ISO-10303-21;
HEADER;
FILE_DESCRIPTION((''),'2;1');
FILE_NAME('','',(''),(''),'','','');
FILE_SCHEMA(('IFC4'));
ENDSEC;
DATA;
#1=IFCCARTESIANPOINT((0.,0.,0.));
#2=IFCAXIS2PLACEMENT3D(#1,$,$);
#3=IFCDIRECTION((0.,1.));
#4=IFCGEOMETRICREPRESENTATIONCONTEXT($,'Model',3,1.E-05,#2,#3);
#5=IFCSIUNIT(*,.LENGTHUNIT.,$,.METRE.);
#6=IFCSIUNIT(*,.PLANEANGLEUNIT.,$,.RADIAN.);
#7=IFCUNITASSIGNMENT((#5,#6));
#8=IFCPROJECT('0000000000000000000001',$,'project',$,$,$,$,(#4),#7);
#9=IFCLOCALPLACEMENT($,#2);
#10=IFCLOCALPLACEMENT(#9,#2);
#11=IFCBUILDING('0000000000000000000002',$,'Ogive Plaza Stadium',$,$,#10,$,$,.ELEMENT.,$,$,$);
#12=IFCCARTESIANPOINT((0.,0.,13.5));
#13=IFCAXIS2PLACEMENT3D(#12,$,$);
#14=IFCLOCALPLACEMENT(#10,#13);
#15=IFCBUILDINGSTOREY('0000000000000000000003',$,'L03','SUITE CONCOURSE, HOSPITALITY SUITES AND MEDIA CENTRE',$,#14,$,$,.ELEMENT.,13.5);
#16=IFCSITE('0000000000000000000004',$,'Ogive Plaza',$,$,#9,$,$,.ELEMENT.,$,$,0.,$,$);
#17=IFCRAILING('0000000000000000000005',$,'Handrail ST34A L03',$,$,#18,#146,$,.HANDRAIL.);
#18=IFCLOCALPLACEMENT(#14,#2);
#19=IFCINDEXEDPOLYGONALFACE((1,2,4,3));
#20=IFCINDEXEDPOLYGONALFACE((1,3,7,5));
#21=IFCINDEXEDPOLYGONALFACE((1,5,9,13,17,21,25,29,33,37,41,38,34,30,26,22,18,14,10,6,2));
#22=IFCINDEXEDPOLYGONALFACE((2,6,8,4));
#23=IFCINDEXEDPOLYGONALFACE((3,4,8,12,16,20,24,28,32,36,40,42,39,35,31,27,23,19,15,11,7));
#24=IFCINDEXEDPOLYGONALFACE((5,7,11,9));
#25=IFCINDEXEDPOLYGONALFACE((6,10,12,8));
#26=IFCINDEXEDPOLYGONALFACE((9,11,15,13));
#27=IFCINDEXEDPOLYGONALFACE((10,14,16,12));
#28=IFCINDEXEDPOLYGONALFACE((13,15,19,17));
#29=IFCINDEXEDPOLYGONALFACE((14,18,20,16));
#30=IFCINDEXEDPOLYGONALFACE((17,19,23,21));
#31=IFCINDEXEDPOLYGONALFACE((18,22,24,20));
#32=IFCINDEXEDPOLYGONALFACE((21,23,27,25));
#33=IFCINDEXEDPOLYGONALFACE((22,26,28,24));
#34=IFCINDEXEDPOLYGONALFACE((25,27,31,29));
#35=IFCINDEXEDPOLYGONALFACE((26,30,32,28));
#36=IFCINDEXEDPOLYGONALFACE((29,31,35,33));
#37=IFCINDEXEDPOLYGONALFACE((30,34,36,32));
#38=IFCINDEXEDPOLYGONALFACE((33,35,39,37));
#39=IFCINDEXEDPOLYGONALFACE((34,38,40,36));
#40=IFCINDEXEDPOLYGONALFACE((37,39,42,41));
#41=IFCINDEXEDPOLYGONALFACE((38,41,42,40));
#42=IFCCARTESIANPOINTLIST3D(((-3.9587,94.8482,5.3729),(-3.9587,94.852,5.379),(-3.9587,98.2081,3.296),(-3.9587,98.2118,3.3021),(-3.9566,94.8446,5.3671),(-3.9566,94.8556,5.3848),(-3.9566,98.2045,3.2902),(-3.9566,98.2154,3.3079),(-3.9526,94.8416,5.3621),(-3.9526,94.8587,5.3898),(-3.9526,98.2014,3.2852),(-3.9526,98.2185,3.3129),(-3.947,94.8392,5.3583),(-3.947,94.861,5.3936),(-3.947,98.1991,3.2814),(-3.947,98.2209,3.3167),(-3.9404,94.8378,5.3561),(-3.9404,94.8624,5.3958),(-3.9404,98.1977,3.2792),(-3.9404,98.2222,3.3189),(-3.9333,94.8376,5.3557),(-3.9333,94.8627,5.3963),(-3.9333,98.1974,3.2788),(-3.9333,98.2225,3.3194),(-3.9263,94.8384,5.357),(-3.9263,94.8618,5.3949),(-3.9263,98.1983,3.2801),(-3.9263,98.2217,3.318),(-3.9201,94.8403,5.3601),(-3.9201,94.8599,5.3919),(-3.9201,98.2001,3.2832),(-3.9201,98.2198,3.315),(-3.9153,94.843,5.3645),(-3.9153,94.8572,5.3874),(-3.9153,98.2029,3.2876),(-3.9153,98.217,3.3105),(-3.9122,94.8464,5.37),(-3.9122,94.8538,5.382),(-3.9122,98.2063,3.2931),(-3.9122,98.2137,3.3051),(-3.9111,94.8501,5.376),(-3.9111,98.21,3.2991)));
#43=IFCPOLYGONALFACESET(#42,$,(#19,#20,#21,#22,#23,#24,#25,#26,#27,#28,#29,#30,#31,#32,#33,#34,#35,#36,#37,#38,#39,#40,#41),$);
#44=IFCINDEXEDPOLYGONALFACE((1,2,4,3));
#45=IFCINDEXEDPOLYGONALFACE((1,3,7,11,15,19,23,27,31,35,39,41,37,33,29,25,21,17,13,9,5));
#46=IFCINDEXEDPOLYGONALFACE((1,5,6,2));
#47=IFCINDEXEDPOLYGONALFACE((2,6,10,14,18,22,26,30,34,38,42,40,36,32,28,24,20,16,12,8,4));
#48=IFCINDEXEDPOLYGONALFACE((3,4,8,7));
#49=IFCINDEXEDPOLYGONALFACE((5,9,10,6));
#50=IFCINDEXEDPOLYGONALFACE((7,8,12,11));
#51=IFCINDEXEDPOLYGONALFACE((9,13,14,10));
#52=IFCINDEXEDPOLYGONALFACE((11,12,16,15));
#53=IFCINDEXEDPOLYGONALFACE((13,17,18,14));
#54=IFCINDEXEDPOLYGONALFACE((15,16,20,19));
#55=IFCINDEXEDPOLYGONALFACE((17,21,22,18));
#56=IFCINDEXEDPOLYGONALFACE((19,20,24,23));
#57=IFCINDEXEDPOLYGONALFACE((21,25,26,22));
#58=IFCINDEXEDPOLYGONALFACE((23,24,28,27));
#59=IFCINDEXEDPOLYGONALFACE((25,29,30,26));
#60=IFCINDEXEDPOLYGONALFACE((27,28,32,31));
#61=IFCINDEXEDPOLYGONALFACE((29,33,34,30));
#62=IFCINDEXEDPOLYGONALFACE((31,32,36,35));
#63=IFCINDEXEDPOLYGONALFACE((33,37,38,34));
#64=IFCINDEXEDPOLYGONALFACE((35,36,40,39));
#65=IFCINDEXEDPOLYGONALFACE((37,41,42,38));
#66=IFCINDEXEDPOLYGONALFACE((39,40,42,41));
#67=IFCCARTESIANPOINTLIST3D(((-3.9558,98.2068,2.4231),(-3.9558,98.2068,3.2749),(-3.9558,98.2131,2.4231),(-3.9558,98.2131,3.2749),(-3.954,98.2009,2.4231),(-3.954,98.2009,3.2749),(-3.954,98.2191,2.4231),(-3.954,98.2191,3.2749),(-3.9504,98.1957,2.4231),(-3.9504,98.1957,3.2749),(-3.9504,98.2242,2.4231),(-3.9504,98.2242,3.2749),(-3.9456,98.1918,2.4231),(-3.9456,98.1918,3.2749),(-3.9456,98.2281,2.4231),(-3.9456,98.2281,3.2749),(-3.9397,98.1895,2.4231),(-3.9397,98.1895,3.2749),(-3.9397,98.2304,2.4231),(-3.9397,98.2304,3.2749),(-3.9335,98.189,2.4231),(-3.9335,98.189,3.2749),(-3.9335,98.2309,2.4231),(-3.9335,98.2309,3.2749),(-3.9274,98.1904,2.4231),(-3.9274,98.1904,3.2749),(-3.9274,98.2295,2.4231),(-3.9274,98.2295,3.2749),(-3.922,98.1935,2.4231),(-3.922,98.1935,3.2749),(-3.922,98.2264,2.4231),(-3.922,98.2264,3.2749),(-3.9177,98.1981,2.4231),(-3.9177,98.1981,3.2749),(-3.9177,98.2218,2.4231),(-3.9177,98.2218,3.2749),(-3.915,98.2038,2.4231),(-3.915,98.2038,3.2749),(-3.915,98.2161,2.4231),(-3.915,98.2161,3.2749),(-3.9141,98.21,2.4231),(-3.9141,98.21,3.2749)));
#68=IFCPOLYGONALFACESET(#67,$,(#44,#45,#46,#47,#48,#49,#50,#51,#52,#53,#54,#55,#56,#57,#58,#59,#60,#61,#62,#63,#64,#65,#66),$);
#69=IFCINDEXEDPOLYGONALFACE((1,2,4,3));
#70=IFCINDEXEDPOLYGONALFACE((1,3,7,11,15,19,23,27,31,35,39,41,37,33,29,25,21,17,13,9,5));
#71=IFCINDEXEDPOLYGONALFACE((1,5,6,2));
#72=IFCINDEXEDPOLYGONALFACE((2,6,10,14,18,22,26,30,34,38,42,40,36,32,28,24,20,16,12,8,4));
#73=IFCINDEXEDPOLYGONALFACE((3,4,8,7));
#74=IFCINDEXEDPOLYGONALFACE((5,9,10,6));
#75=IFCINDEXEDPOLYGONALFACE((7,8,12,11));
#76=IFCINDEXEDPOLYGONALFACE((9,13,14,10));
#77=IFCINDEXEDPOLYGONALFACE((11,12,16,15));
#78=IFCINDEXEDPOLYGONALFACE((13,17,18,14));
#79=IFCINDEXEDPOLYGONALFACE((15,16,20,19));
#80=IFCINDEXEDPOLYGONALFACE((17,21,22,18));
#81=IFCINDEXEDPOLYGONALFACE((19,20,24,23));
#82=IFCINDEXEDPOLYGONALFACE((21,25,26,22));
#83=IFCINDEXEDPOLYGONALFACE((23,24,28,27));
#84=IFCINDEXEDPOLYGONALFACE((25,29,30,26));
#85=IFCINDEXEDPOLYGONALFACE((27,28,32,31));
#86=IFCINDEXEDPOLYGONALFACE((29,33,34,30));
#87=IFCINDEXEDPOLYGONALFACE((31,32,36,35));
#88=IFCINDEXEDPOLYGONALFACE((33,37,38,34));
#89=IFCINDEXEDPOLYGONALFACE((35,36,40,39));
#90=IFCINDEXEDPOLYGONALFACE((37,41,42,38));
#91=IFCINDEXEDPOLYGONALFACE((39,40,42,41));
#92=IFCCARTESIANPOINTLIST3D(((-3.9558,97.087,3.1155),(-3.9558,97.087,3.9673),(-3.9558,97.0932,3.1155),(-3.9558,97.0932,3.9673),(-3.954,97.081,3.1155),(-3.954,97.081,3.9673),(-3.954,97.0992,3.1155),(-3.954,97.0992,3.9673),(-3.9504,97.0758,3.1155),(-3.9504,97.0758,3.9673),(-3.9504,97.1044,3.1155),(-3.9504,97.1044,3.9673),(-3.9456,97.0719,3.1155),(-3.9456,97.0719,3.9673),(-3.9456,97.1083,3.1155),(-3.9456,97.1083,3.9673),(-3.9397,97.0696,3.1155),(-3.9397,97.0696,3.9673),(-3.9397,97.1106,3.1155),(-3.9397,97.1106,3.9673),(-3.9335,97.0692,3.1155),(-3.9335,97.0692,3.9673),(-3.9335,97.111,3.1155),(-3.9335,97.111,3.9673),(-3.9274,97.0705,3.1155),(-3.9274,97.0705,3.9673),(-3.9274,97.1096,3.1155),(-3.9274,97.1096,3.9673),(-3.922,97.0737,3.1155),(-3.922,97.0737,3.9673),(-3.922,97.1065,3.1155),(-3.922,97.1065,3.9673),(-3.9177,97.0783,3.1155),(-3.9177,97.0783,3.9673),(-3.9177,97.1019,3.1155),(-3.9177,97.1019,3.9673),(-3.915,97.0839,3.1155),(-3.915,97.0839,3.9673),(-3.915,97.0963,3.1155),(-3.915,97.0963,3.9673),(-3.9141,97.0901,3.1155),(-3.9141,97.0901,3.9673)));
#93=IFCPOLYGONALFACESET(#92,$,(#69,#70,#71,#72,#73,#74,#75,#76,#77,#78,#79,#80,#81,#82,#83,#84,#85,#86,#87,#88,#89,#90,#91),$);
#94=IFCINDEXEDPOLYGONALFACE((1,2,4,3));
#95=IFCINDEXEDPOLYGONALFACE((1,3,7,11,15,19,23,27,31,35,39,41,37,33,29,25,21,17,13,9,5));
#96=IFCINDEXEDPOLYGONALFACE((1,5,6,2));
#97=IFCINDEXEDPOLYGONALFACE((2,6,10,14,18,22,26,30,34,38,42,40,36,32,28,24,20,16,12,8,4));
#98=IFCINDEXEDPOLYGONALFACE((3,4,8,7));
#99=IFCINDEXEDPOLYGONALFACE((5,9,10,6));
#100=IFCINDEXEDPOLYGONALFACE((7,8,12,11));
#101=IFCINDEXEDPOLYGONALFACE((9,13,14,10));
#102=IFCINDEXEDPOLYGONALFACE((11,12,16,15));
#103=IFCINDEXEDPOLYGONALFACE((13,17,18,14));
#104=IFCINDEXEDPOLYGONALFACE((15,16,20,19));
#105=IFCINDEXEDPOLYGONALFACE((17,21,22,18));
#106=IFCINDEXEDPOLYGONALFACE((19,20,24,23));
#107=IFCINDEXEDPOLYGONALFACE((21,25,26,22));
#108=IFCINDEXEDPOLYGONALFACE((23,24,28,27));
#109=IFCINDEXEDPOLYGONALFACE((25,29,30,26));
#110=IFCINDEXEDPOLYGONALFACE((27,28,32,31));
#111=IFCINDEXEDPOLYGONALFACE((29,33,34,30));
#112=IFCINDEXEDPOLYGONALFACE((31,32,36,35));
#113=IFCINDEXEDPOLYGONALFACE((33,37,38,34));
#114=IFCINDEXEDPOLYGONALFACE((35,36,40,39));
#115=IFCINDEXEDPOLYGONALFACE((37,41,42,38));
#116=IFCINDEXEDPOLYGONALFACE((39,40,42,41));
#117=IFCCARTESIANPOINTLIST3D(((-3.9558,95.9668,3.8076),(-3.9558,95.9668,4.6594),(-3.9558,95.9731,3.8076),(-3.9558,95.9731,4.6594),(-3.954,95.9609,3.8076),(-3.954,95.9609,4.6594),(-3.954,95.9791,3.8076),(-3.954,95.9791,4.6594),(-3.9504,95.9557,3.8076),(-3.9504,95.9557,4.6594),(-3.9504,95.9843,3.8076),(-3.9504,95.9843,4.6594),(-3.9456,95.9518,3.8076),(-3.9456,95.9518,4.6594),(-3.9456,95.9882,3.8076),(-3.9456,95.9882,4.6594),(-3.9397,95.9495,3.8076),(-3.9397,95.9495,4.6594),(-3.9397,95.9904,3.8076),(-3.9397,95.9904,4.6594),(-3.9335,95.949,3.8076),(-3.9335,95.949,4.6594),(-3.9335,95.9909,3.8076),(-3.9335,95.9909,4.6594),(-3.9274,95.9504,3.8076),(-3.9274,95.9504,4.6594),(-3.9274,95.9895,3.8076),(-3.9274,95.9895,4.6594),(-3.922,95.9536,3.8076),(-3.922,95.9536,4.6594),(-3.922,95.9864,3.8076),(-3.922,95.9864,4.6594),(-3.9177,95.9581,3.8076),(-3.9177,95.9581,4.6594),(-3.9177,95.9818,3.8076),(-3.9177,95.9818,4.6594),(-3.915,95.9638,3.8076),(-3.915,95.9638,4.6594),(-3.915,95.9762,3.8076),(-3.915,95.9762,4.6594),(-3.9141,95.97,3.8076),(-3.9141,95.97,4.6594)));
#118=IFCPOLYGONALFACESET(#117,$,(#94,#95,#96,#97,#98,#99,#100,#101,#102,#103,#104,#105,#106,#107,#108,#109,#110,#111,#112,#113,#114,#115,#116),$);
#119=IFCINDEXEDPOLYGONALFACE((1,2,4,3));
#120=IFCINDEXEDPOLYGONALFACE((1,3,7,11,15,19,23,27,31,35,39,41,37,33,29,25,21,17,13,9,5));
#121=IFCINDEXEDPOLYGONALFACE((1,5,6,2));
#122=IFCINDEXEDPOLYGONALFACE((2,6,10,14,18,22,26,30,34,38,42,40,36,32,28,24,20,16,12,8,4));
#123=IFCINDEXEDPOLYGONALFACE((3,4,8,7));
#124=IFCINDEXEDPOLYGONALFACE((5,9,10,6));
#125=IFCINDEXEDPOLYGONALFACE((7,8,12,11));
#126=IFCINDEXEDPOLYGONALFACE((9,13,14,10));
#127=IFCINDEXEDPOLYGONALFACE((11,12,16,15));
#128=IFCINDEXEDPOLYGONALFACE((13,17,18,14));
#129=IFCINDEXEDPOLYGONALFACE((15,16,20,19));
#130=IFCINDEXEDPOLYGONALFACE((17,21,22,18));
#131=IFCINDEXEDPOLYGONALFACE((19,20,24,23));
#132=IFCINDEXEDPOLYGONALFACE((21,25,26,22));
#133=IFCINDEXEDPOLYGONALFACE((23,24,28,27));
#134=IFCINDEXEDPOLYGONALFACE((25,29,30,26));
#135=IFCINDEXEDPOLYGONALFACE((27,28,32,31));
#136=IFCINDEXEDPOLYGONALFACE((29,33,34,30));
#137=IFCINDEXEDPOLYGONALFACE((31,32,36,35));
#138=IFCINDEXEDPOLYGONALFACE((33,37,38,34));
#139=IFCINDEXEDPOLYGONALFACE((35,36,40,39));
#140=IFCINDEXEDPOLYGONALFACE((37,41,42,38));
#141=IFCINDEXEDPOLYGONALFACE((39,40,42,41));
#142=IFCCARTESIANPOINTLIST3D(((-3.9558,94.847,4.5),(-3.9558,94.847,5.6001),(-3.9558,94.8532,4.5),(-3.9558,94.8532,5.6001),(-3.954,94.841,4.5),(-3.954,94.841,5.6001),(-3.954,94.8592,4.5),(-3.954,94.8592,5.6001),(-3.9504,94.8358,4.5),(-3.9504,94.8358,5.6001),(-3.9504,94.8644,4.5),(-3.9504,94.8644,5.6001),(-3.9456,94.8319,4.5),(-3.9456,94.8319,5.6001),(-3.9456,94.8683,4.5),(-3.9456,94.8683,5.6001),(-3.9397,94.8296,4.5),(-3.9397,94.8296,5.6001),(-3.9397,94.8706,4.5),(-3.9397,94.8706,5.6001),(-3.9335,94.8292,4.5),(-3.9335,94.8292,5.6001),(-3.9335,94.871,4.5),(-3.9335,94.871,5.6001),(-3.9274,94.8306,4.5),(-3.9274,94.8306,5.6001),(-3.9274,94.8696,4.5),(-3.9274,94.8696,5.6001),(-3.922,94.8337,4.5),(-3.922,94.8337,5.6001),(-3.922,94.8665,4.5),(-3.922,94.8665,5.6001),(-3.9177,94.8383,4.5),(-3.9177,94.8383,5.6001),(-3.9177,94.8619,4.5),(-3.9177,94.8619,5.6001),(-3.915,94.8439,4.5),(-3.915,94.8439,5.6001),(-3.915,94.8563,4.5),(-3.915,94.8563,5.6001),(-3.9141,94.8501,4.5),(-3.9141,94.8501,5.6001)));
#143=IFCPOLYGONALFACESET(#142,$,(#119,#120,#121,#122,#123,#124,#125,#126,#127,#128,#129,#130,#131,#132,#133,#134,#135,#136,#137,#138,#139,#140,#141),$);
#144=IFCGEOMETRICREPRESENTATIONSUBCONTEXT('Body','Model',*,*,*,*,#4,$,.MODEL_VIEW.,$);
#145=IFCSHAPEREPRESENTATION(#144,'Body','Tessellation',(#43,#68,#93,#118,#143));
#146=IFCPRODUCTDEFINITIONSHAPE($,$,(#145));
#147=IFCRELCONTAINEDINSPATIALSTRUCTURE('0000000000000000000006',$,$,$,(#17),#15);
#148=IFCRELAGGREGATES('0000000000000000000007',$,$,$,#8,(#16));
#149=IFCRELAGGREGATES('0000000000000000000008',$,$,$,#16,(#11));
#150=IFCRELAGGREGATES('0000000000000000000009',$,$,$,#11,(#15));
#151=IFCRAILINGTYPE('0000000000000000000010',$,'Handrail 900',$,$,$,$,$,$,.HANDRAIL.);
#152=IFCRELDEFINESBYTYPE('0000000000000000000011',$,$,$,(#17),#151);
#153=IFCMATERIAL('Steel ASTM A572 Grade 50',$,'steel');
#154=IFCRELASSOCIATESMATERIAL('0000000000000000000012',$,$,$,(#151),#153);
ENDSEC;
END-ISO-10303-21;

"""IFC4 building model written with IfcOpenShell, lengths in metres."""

from ifc_helpers import new_model, si_unit, direction, frame, origin, origin_2d, place, context, subcontext, project, spatial, circle, extrude, material, type_object, element, save


model = new_model("IFC4")

# Units and contexts
model_context = context("Model", 3, precision=1e-05, world=origin(), true_north=direction((0.0, 1.0)))
body_context = subcontext(model_context, "Body", "Model", "MODEL_VIEW")
ifc_project = project(units=[si_unit("LENGTHUNIT", "METRE"), si_unit("PLANEANGLEUNIT", "RADIAN")], contexts=[model_context])

# Site, building, storey
site_placement = place(None, origin())
site = spatial("IfcSite", under=ifc_project, at=site_placement, Name="Ogive Plaza", CompositionType="ELEMENT", RefElevation=0.0)
building_placement = place(site_placement, origin())
building = spatial("IfcBuilding", under=site, at=building_placement, Name="Ogive Plaza Stadium", CompositionType="ELEMENT")
storey_placement = place(building_placement, frame((0.0, 0.0, 13.5)))
storey = spatial("IfcBuildingStorey", under=building, at=storey_placement, Name="L03", Description="SUITE CONCOURSE, HOSPITALITY SUITES AND MEDIA CENTRE", CompositionType="ELEMENT", Elevation=13.5)

# Railing
ifc_material_1 = material(Name="Steel ASTM A572 Grade 50", Category="steel")
railing_type_1 = type_object("IfcRailingType", Name="Handrail 900", PredefinedType="HANDRAIL", material=ifc_material_1)
for number, where, name in (
    (1, (-3.9351, 98.21, 2.4231), "Handrail ST34A L03"),
):
    element("IfcRailing", number, at=place(storey_placement, frame(where)), inside=storey, type_object=railing_type_1, Name=name, PredefinedType="HANDRAIL", context=body_context, shape_type="SweptSolid", body=[
        extrude(circle(Radius=0.0239, at=origin_2d()), frame((0.0, 0.0, 0.876), z_axis=(0.0, -0.850606, 0.525803), x_axis=(1.0, 0.0, 0.0)), (0.0, 0.0, 1.0), 3.95),
        extrude(circle(Radius=0.021, at=origin_2d()), origin(), (0.0, 0.0, 1.0), 0.8518),
        extrude(circle(Radius=0.021, at=origin_2d()), frame((0.0, -1.1199, 0.6924)), (0.0, 0.0, 1.0), 0.8518),
        extrude(circle(Radius=0.021, at=origin_2d()), frame((0.0, -2.24, 1.3845)), (0.0, 0.0, 1.0), 0.8518),
        extrude(circle(Radius=0.021, at=origin_2d()), frame((0.0, -3.3599, 2.0769)), (0.0, 0.0, 1.0), 1.1001),
    ])

save(model, "model.ifc")
